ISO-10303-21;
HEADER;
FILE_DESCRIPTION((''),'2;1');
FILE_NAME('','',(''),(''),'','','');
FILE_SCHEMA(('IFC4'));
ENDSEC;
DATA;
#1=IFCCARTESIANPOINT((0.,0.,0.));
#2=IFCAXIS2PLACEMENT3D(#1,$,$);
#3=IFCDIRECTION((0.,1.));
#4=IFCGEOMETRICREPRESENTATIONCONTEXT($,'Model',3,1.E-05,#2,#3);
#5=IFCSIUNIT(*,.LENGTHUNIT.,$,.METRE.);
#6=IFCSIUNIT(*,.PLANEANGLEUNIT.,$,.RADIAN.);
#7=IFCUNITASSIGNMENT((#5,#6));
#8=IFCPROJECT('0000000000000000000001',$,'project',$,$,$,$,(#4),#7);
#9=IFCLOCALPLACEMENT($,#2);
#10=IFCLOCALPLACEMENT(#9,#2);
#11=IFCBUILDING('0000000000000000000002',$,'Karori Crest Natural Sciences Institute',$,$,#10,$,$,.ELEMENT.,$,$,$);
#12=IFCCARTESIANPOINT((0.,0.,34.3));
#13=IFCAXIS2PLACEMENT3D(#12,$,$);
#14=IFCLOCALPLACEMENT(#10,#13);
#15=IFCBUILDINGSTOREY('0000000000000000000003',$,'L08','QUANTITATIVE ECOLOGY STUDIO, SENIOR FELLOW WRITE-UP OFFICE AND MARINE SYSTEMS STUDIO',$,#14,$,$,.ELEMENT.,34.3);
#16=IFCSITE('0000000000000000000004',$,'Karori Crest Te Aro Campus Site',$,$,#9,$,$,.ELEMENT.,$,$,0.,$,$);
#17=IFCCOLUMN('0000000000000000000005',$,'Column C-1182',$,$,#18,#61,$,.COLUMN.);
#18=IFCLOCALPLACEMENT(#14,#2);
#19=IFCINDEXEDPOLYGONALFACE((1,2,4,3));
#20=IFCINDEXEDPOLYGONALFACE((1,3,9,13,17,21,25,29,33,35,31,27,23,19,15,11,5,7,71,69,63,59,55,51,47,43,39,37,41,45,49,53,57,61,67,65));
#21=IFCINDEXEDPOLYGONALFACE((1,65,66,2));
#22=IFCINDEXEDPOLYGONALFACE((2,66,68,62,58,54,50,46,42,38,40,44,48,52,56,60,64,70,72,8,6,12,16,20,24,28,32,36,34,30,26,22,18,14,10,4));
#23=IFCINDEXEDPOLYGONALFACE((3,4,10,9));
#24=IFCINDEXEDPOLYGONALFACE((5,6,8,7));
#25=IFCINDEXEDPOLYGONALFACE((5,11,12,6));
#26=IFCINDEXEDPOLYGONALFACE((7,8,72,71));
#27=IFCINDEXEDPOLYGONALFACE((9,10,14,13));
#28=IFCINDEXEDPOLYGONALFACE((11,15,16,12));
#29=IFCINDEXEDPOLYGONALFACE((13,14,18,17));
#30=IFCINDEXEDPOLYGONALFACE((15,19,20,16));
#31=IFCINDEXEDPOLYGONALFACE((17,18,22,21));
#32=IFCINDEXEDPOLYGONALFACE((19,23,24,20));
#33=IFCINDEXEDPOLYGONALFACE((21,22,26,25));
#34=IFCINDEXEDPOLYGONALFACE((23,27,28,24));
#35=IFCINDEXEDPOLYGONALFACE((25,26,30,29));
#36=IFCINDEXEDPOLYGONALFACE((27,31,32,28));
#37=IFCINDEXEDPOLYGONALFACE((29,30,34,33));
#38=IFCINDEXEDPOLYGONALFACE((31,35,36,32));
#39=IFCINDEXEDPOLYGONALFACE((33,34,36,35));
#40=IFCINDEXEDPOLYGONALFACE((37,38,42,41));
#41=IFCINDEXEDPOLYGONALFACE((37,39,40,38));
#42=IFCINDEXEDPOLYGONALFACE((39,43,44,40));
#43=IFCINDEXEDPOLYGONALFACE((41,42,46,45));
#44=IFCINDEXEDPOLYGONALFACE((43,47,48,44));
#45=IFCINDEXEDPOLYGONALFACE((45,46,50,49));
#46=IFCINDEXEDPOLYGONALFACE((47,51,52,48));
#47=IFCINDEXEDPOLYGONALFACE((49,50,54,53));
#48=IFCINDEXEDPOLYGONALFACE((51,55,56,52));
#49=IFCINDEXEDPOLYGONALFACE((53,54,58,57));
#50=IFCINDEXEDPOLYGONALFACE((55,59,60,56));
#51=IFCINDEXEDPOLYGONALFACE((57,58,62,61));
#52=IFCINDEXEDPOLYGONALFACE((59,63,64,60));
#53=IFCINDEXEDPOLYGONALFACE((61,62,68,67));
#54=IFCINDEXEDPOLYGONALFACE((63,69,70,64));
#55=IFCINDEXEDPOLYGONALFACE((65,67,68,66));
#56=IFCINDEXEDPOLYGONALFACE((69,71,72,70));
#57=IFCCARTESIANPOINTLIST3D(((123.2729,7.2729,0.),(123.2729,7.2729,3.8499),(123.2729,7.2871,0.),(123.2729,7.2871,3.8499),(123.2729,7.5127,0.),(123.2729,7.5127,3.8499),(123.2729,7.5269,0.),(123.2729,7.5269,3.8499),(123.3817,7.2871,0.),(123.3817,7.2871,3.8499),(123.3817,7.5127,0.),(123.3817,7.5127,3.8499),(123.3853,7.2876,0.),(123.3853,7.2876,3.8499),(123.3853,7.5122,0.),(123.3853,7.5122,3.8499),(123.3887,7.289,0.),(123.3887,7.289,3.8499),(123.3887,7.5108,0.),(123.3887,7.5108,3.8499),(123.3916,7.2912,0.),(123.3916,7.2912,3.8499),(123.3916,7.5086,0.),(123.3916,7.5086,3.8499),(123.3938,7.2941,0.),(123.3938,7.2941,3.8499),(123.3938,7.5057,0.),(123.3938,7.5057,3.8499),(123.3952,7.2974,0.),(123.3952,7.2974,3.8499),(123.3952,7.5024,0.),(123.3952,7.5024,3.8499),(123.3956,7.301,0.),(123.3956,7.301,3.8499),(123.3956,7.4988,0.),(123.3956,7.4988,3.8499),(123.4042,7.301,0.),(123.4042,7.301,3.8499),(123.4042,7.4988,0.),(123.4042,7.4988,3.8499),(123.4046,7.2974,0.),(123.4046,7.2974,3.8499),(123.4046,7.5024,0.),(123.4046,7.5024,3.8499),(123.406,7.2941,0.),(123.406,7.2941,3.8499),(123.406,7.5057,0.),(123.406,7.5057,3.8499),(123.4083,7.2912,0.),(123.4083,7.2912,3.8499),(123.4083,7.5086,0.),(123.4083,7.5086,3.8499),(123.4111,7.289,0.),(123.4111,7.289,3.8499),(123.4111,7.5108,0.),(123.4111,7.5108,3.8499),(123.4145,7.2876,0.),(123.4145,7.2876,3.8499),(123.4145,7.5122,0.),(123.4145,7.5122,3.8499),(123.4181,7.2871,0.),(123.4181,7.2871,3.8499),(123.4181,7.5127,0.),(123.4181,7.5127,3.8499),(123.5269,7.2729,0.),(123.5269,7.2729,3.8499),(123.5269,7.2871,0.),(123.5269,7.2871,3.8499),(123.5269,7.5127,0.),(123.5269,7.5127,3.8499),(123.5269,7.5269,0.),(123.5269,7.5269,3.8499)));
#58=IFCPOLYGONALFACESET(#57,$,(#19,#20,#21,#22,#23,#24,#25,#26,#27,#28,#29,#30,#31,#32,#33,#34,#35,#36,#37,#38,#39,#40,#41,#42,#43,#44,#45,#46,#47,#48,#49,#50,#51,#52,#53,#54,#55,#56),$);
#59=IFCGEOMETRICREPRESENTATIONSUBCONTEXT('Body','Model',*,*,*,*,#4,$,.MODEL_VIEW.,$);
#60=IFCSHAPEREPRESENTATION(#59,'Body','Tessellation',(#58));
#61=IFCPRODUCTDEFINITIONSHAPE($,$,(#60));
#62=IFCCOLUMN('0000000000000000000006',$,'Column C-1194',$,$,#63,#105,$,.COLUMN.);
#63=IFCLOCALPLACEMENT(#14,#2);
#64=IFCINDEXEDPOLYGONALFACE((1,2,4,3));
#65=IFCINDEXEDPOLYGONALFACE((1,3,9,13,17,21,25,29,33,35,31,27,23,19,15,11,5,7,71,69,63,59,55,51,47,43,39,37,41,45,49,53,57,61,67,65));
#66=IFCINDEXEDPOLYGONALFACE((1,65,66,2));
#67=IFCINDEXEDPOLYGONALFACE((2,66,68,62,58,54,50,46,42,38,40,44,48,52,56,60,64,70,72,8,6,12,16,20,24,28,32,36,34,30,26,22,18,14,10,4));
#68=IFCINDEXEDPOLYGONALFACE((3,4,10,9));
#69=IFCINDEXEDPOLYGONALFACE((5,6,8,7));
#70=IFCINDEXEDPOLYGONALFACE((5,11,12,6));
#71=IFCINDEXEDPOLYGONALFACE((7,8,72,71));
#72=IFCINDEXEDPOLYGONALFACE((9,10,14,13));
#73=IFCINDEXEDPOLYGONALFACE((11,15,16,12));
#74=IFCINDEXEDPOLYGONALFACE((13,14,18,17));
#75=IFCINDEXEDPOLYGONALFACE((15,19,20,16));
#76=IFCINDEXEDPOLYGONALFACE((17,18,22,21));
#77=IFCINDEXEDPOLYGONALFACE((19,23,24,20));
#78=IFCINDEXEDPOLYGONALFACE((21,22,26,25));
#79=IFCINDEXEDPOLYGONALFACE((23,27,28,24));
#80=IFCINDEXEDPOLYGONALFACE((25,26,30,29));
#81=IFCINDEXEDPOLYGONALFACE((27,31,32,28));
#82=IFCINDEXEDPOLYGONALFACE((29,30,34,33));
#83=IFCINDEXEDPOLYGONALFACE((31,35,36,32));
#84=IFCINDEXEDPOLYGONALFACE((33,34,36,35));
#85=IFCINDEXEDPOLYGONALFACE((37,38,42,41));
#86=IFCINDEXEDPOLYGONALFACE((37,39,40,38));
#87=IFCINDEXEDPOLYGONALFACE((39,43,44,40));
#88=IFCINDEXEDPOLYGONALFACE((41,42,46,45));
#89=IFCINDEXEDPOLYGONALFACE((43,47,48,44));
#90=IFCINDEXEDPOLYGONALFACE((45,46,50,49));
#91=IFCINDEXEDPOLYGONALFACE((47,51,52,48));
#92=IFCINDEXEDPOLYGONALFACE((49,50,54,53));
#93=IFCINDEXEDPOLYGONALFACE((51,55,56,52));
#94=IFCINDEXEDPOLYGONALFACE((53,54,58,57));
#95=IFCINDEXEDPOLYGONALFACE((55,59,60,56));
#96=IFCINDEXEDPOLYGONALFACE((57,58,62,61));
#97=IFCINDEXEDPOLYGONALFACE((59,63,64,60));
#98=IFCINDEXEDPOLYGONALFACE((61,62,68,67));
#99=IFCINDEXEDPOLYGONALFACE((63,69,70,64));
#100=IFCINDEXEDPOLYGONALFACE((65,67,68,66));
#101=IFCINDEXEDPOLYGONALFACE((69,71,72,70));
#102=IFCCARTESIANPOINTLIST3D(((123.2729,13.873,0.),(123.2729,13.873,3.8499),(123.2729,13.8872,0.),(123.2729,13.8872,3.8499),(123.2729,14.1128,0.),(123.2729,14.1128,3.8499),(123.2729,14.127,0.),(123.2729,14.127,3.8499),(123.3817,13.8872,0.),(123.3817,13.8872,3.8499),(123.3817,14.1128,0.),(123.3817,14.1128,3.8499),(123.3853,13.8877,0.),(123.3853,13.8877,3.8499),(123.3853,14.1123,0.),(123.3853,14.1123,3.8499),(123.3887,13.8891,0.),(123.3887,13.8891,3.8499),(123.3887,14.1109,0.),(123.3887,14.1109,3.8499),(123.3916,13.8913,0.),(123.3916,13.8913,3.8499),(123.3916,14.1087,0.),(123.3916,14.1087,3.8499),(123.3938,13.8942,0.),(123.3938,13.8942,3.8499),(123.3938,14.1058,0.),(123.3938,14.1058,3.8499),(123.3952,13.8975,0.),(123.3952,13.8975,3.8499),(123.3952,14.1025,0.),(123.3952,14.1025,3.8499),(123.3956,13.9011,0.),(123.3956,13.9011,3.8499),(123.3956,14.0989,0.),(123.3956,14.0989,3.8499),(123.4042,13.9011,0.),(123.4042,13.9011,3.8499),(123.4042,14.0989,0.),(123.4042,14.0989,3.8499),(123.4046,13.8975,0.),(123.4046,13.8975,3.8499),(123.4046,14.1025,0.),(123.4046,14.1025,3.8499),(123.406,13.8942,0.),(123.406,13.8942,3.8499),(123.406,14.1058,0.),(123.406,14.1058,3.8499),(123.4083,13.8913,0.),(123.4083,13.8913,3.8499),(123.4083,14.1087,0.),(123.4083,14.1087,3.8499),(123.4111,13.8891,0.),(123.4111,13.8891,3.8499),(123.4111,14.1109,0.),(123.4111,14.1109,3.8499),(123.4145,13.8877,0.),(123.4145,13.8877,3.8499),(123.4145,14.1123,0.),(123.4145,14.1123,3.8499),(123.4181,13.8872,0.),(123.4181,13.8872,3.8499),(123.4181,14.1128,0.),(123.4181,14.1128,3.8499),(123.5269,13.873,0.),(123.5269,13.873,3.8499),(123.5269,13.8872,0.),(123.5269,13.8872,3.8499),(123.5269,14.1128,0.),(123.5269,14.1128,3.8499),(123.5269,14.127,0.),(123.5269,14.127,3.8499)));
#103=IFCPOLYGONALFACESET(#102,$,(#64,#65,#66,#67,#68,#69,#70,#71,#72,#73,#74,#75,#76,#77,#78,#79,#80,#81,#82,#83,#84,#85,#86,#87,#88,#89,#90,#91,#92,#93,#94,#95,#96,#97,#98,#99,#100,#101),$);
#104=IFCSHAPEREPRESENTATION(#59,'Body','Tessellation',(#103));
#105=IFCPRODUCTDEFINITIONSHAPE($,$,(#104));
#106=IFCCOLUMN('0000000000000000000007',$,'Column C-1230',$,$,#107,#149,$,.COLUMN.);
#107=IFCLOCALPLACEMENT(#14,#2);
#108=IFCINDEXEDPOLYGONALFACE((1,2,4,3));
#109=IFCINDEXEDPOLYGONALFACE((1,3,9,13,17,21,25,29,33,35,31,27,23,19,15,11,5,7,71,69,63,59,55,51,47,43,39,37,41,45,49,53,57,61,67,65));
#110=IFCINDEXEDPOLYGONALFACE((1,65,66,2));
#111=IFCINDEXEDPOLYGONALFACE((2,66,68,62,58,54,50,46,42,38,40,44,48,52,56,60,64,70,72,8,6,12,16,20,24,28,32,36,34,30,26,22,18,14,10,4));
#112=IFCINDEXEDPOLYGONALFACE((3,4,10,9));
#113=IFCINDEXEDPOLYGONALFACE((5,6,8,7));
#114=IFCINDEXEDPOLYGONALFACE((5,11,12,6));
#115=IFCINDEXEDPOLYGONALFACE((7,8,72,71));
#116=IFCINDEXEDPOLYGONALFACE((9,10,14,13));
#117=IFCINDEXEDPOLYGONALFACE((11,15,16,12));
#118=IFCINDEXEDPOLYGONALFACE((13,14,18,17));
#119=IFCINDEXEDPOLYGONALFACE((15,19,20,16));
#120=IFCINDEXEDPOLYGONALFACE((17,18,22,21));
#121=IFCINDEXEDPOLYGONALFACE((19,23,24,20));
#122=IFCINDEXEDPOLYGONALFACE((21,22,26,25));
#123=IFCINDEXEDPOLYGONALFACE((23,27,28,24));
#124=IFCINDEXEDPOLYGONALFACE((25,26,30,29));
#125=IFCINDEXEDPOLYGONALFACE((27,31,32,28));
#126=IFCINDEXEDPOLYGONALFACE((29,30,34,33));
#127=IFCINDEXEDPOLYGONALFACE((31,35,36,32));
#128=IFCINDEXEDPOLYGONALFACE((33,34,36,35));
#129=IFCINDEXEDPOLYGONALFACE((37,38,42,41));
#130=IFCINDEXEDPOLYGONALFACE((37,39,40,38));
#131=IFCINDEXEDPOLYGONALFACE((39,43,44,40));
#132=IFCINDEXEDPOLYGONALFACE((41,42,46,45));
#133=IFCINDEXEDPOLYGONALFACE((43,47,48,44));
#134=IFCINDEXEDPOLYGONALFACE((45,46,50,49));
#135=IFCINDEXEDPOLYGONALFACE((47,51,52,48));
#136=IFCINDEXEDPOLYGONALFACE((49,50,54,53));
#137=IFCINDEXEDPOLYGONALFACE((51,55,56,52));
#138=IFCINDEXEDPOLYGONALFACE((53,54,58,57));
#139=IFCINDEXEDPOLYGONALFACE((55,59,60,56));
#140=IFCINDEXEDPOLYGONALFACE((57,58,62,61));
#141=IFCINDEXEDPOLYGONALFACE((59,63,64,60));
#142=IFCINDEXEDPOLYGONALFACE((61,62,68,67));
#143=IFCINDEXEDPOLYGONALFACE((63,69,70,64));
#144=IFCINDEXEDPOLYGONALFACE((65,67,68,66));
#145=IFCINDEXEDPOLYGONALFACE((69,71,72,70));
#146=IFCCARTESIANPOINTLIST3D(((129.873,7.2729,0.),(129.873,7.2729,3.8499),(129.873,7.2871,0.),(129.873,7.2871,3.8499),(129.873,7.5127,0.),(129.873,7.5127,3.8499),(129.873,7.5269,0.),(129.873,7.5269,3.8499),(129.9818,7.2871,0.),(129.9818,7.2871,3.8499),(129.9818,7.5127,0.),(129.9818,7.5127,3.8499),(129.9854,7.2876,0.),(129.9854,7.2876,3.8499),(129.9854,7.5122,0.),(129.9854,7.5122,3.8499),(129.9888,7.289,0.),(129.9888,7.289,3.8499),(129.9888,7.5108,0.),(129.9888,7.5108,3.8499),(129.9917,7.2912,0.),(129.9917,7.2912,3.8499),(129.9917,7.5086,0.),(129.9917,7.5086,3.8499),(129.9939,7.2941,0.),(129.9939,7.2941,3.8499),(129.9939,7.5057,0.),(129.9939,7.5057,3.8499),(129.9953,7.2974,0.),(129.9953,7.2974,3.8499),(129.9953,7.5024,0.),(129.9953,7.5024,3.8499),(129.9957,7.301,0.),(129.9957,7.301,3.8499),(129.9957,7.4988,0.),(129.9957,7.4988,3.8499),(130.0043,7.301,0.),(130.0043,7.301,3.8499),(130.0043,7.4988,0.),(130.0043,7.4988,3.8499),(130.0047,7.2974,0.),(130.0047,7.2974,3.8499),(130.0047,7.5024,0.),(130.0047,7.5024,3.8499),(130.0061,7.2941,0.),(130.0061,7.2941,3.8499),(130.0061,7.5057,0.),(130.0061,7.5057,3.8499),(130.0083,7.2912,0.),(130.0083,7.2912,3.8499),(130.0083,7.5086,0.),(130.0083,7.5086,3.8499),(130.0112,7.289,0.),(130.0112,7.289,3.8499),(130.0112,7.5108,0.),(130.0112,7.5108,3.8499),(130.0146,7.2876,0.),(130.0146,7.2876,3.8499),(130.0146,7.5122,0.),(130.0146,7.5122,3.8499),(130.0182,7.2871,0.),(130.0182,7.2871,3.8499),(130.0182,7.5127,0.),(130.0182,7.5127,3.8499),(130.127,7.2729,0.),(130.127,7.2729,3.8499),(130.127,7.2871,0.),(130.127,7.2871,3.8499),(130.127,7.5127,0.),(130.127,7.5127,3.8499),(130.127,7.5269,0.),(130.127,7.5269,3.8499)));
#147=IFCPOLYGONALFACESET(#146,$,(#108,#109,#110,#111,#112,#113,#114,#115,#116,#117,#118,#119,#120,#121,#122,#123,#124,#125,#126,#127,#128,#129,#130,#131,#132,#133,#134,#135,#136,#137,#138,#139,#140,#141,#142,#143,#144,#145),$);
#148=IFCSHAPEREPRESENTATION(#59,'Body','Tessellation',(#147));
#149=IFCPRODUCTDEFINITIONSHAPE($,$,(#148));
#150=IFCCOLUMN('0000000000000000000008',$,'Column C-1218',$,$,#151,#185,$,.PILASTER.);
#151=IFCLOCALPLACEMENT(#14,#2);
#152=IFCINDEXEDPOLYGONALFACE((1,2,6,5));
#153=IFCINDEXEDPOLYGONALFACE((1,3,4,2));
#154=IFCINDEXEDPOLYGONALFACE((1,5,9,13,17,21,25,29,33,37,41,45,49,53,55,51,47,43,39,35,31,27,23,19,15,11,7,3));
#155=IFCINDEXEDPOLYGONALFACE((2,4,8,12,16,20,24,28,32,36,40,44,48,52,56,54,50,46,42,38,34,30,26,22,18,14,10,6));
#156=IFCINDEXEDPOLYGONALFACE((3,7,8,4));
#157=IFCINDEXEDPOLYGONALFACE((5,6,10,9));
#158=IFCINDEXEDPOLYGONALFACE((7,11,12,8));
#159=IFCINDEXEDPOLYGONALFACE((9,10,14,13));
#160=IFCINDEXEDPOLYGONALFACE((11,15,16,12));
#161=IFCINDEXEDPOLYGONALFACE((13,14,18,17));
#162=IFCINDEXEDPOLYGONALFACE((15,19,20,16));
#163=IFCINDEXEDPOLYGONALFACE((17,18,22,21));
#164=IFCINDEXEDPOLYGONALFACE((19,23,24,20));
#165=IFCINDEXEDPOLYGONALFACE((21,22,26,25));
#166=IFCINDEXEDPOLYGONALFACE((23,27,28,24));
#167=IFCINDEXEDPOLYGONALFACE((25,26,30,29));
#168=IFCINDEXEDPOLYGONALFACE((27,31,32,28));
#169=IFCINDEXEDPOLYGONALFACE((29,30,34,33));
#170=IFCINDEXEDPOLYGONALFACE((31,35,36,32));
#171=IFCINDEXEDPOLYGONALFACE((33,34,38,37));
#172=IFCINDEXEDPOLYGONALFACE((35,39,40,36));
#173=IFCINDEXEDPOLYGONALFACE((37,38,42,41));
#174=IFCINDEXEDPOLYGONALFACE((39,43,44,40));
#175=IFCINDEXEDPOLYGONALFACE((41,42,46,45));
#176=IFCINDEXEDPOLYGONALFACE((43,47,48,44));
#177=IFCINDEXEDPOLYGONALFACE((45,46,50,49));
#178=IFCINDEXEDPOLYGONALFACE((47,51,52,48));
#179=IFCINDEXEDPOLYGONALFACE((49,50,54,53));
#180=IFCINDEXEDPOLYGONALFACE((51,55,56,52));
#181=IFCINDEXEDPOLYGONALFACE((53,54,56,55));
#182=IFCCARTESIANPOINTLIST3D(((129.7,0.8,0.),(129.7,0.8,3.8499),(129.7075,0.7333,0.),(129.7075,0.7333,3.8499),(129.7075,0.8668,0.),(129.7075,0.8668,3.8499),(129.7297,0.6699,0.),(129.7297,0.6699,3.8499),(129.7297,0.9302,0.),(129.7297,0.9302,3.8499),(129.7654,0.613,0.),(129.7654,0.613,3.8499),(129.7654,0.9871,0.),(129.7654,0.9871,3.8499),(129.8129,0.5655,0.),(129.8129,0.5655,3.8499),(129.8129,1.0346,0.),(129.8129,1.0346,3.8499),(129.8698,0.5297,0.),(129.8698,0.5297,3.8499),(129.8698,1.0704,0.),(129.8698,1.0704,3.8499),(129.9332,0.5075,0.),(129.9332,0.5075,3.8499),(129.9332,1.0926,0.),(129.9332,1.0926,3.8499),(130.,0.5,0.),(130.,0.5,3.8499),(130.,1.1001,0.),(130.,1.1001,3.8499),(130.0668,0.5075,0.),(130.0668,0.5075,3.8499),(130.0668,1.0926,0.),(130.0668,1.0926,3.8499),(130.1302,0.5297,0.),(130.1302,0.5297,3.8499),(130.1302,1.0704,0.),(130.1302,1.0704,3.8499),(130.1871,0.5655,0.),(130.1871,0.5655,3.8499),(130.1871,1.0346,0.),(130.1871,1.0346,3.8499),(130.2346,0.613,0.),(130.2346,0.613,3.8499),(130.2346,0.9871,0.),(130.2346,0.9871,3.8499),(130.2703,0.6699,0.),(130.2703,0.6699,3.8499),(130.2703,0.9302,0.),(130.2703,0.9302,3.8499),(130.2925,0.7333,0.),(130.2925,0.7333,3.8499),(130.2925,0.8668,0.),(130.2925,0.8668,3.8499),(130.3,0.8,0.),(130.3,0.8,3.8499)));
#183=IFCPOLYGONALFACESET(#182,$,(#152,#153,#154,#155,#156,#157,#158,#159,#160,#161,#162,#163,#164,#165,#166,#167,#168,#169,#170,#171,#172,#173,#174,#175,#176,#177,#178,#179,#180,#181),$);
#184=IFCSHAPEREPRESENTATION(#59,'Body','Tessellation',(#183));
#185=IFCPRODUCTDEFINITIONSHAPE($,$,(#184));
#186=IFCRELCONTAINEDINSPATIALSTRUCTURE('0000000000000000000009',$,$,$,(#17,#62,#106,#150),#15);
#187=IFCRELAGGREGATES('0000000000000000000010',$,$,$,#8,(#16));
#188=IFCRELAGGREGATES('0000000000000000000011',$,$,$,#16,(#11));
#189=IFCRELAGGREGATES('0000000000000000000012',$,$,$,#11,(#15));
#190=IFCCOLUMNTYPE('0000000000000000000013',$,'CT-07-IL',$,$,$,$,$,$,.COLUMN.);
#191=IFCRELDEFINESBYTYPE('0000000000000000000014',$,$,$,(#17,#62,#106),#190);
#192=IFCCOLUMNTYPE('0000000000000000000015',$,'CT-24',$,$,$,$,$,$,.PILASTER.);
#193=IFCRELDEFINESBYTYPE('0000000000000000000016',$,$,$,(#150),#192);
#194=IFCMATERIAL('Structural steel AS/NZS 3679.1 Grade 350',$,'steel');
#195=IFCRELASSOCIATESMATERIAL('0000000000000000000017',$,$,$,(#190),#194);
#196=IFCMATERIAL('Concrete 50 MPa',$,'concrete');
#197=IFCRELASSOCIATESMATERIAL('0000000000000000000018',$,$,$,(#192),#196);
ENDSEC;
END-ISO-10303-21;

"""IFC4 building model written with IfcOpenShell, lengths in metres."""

from ifc_helpers import new_model, si_unit, direction, frame, origin, origin_2d, place, context, subcontext, project, spatial, circle, i_section, extrude, material, material_profile, profile_set, type_object, element, save


model = new_model("IFC4")

# Units and contexts
model_context = context("Model", 3, precision=1e-05, world=origin(), true_north=direction((0.0, 1.0)))
body_context = subcontext(model_context, "Body", "Model", "MODEL_VIEW")
ifc_project = project(units=[si_unit("LENGTHUNIT", "METRE"), si_unit("PLANEANGLEUNIT", "RADIAN")], contexts=[model_context])

# Site, building, storey
site_placement = place(None, origin())
site = spatial("IfcSite", under=ifc_project, at=site_placement, Name="Karori Crest Te Aro Campus Site", CompositionType="ELEMENT", RefElevation=0.0)
building_placement = place(site_placement, origin())
building = spatial("IfcBuilding", under=site, at=building_placement, Name="Karori Crest Natural Sciences Institute", CompositionType="ELEMENT")
storey_placement = place(building_placement, frame((0.0, 0.0, 34.3)))
storey = spatial("IfcBuildingStorey", under=building, at=storey_placement, Name="L08", Description="QUANTITATIVE ECOLOGY STUDIO, SENIOR FELLOW WRITE-UP OFFICE AND MARINE SYSTEMS STUDIO", CompositionType="ELEMENT", Elevation=34.3)

# Columns
ifc_material_1 = material(Name="Structural steel AS/NZS 3679.1 Grade 350", Category="steel")
ifc_material_profile_1 = material_profile(ifc_material_1, i_section(OverallWidth=0.2539, OverallDepth=0.2539, WebThickness=0.0085, FlangeThickness=0.0142, FilletRadius=0.0139, at=origin_2d()), Name="250UC72.9")
ifc_profile_set_1 = profile_set([ifc_material_profile_1], Name="Structural steel AS/NZS 3679.1 Grade 350")
column_type_1 = type_object("IfcColumnType", Name="CT-07-IL", PredefinedType="COLUMN", material=ifc_profile_set_1)
for number, where, z_axis, x_axis, name in (
    (1, (123.3999, 7.3999, 0.0), (0.0, 0.0, 1.0), (1.0, 0.0, 0.0), "Column C-1182"),
    (2, (123.3999, 14.0, 0.0), (0.0, 0.0, 1.0), (1.0, 0.0, 0.0), "Column C-1194"),
    (3, (130.0, 7.3999, 0.0), (0.0, 0.0, 1.0), (1.0, 0.0, 0.0), "Column C-1230"),
):
    element("IfcColumn", number, at=place(storey_placement, frame(where, z_axis=z_axis, x_axis=x_axis)), inside=storey, type_object=column_type_1, Name=name, PredefinedType="COLUMN", context=body_context, shape_type="SweptSolid", body=[
        extrude(i_section(OverallWidth=0.2539, OverallDepth=0.2539, WebThickness=0.0085, FlangeThickness=0.0142, FilletRadius=0.0139, at=origin_2d()), origin(), (0.0, 0.0, 1.0), 3.8499),
    ])
ifc_material_2 = material(Name="Concrete 50 MPa", Category="concrete")
ifc_material_profile_2 = material_profile(ifc_material_2, circle(Radius=0.3, at=origin_2d()), Name="RCC600")
ifc_profile_set_2 = profile_set([ifc_material_profile_2], Name="Concrete 50 MPa")
column_type_2 = type_object("IfcColumnType", Name="CT-24", PredefinedType="PILASTER", material=ifc_profile_set_2)
column_placement = place(storey_placement, frame((130.0, 0.8, 0.0), z_axis=(0.0, 0.0, 1.0), x_axis=(1.0, 0.0, 0.0)))
element("IfcColumn", 4, at=column_placement, inside=storey, type_object=column_type_2, Name="Column C-1218", PredefinedType="PILASTER", context=body_context, shape_type="SweptSolid", body=[
    extrude(circle(Radius=0.3, at=origin_2d()), origin(), (0.0, 0.0, 1.0), 3.8499),
])

save(model, "model.ifc")
